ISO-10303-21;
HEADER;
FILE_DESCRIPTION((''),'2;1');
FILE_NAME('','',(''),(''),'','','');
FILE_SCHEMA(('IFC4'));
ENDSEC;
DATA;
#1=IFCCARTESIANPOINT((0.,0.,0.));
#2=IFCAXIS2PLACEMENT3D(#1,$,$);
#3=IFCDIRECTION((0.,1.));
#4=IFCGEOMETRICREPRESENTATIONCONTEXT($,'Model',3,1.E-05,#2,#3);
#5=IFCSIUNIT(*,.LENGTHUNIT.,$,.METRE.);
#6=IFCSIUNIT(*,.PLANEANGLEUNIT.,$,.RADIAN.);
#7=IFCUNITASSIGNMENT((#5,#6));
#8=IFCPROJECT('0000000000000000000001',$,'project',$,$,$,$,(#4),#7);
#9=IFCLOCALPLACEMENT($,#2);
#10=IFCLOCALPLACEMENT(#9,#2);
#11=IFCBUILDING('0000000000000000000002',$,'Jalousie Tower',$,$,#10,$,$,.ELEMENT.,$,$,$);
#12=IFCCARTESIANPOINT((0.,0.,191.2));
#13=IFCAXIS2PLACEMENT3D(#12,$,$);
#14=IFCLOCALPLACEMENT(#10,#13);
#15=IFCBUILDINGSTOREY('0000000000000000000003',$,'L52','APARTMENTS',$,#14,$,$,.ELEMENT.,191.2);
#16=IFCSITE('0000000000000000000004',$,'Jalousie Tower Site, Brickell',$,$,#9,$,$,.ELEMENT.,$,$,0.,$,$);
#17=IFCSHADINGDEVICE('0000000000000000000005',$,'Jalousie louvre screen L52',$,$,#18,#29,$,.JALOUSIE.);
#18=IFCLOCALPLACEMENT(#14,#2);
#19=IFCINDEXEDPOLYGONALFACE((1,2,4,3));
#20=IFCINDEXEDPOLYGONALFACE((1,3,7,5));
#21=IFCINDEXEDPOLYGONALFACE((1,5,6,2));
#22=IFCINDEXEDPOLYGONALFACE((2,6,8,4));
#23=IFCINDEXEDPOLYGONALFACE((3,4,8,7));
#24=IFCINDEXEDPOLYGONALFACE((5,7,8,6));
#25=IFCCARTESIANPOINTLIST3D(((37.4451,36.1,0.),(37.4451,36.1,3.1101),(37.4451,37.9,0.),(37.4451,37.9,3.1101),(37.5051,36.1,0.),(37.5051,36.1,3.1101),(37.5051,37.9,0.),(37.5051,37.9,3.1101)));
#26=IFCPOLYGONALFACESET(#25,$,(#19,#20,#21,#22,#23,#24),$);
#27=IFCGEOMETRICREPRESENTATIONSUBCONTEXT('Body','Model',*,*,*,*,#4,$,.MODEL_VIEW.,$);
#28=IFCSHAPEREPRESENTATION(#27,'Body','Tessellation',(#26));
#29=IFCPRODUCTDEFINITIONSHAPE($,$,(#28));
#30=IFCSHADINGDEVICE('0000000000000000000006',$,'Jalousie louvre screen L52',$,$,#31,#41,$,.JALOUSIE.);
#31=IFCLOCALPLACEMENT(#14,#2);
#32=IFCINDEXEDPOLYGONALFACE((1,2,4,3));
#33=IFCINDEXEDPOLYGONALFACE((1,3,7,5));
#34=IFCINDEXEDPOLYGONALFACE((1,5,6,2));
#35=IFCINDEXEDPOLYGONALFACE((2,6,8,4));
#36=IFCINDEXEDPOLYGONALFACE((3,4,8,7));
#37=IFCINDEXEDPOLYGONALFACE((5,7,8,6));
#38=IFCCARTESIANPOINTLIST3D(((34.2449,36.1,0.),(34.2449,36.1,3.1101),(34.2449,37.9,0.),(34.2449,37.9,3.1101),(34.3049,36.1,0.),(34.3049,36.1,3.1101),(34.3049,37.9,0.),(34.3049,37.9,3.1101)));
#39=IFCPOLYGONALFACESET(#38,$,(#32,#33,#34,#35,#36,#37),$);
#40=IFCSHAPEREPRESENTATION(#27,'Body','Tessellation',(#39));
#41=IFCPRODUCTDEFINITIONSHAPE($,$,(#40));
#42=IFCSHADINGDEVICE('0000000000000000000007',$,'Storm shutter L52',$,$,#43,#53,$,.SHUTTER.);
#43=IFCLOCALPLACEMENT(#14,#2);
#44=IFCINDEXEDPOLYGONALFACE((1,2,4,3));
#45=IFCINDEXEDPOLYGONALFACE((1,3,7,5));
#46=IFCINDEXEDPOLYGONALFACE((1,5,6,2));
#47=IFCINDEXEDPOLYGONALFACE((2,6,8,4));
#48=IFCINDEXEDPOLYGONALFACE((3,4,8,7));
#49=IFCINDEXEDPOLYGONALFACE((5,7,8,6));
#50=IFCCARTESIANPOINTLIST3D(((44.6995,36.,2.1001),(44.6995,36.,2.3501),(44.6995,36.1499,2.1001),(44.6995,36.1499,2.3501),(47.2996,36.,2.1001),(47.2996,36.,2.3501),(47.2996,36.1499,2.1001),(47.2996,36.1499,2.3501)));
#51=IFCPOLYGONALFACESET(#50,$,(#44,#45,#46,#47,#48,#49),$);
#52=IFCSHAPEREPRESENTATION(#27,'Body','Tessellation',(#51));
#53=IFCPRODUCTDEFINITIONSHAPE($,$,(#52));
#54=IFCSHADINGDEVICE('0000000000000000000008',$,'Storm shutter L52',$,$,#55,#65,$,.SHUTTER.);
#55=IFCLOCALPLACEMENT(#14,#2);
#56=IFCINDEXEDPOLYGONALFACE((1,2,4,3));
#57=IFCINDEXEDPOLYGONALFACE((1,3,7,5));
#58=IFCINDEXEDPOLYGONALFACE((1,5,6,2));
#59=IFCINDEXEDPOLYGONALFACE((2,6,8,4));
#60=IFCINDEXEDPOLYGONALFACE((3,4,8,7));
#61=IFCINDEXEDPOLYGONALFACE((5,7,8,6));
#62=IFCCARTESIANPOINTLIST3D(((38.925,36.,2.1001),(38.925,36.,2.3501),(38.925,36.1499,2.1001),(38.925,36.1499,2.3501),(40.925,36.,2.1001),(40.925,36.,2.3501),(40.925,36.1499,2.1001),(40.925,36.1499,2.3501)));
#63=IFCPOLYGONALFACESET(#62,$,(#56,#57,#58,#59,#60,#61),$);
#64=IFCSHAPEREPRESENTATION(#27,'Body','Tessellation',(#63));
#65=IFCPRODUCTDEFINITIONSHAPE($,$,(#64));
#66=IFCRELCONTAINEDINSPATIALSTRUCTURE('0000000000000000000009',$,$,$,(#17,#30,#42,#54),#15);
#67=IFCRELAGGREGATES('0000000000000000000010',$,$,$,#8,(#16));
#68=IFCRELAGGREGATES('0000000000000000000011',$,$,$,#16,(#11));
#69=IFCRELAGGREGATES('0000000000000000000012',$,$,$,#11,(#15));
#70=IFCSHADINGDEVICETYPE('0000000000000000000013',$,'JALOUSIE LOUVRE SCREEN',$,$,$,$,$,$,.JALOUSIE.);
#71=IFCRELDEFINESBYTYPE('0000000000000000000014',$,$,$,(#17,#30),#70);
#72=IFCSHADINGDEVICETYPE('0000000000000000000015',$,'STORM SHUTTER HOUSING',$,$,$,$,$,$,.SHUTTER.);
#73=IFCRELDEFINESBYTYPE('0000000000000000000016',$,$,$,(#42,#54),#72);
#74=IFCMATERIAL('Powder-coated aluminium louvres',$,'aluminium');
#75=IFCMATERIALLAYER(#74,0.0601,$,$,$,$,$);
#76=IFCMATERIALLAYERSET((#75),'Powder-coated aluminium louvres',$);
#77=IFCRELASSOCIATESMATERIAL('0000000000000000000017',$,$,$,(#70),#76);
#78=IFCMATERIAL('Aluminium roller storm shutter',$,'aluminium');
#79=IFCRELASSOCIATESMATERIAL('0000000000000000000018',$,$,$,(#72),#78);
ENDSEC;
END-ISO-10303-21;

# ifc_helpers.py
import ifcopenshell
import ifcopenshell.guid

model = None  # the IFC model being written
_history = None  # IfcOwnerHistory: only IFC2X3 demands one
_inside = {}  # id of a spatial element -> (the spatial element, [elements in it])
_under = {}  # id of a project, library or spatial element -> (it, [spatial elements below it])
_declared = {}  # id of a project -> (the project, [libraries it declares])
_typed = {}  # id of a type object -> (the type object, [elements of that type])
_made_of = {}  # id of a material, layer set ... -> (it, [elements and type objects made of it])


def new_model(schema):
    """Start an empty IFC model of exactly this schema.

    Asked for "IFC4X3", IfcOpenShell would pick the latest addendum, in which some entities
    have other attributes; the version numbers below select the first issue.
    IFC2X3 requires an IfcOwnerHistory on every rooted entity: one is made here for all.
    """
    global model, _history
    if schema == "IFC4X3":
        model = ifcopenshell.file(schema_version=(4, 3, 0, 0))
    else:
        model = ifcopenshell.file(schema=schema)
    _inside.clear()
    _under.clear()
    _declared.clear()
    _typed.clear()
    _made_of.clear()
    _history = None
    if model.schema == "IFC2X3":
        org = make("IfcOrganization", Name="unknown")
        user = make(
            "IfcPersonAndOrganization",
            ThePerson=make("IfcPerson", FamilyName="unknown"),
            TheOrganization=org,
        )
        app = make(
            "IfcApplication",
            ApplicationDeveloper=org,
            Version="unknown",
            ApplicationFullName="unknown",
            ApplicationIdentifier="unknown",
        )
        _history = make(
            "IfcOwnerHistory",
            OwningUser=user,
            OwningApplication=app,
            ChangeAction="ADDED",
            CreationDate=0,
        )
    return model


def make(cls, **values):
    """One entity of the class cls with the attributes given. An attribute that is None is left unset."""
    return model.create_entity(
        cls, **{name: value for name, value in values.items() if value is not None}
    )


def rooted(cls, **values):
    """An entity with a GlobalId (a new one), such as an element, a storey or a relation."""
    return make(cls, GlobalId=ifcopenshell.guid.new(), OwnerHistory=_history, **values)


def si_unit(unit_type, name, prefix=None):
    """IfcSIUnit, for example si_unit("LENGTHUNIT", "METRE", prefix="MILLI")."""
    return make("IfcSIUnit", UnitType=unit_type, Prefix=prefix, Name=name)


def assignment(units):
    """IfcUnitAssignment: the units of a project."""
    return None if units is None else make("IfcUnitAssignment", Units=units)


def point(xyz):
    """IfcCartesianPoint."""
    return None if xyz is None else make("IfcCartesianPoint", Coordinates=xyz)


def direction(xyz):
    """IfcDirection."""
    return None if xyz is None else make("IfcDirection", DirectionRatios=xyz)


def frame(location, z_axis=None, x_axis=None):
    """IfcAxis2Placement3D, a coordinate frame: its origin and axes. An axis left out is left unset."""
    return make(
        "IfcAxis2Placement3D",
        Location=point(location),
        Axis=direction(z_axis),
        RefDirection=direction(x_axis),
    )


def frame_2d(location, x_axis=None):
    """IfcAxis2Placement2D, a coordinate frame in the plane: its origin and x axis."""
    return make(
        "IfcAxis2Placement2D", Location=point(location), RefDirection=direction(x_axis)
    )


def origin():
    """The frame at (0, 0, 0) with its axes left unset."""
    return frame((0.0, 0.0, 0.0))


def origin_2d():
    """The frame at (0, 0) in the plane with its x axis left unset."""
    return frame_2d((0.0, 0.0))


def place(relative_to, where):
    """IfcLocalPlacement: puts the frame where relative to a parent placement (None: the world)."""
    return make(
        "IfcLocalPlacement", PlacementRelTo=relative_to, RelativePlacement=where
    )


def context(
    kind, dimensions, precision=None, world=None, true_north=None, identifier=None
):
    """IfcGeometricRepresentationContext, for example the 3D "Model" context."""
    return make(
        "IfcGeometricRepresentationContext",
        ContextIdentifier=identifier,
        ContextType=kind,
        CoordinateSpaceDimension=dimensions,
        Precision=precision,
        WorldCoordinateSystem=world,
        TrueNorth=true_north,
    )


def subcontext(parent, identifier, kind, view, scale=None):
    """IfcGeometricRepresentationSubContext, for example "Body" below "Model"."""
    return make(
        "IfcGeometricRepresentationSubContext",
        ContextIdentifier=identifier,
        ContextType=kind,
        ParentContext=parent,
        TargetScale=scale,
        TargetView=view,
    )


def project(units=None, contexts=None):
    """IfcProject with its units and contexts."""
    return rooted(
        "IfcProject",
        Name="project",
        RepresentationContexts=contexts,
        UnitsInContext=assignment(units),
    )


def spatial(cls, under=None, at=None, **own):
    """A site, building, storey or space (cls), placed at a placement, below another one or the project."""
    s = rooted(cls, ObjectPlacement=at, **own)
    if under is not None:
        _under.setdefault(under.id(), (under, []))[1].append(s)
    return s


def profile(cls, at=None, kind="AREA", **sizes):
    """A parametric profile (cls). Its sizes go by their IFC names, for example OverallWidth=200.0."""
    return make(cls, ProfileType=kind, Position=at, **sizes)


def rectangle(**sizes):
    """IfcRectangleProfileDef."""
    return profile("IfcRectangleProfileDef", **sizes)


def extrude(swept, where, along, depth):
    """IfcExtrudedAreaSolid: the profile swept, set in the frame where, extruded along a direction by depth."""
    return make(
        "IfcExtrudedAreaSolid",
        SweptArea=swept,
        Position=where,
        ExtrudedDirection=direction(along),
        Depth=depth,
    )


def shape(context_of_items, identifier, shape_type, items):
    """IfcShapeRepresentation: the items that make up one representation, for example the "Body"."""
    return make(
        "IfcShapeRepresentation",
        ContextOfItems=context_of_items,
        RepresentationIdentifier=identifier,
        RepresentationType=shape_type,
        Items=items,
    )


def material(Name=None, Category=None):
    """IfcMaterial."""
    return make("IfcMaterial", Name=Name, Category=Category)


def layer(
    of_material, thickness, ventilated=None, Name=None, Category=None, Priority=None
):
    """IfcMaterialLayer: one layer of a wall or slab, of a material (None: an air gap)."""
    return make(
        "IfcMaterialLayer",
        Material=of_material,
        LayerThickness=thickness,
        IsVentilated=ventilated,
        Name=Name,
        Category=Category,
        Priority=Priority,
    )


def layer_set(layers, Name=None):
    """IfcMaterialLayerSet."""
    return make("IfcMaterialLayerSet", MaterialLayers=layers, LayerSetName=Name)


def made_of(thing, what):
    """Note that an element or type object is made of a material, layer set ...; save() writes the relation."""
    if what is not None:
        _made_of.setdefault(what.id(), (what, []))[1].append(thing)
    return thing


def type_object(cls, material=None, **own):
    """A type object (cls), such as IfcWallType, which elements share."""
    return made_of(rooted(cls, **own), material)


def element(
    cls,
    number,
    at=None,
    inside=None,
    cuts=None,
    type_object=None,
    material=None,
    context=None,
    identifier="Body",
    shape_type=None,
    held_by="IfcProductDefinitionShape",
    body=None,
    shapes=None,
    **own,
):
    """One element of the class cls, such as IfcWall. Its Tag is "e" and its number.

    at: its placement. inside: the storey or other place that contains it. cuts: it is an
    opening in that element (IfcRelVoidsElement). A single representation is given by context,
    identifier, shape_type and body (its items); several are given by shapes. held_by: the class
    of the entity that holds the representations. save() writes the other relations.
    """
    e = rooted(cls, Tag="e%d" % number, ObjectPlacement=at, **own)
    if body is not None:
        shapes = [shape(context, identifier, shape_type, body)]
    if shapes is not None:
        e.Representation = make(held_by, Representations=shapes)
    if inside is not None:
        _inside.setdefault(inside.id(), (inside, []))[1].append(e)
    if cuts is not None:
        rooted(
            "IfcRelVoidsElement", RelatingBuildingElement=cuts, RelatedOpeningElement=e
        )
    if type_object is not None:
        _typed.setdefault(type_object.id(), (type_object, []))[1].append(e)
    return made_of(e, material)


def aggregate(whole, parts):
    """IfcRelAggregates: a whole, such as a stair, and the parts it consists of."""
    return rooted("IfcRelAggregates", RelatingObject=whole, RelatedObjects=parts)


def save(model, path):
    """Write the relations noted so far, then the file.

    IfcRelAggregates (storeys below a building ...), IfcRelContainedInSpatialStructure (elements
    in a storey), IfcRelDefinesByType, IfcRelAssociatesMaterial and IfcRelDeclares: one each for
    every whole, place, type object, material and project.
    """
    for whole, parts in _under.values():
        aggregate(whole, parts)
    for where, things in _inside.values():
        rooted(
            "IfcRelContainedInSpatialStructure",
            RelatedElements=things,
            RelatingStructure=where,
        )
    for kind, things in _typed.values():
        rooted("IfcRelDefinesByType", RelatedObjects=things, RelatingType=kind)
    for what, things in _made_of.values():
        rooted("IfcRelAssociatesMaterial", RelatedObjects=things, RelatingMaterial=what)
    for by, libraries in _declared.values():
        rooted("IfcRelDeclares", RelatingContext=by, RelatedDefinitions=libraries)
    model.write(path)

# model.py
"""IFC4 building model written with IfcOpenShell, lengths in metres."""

from ifc_helpers import new_model, si_unit, direction, frame, origin, origin_2d, place, context, subcontext, project, spatial, rectangle, extrude, material, layer, layer_set, type_object, element, save


model = new_model("IFC4")

# Units and contexts
model_context = context("Model", 3, precision=1e-05, world=origin(), true_north=direction((0.0, 1.0)))
body_context = subcontext(model_context, "Body", "Model", "MODEL_VIEW")
ifc_project = project(units=[si_unit("LENGTHUNIT", "METRE"), si_unit("PLANEANGLEUNIT", "RADIAN")], contexts=[model_context])

# Site, building, storey
site_placement = place(None, origin())
site = spatial("IfcSite", under=ifc_project, at=site_placement, Name="Jalousie Tower Site, Brickell", CompositionType="ELEMENT", RefElevation=0.0)
building_placement = place(site_placement, origin())
building = spatial("IfcBuilding", under=site, at=building_placement, Name="Jalousie Tower", CompositionType="ELEMENT")
storey_placement = place(building_placement, frame((0.0, 0.0, 191.2)))
storey = spatial("IfcBuildingStorey", under=building, at=storey_placement, Name="L52", Description="APARTMENTS", CompositionType="ELEMENT", Elevation=191.2)

# Shading devices
ifc_material_1 = material(Name="Powder-coated aluminium louvres", Category="aluminium")
ifc_layer_1 = layer(ifc_material_1, 0.0601)
ifc_layer_set_1 = layer_set([ifc_layer_1], Name="Powder-coated aluminium louvres")
shading_device_type_1 = type_object("IfcShadingDeviceType", Name="JALOUSIE LOUVRE SCREEN", PredefinedType="JALOUSIE", material=ifc_layer_set_1)
for number, where, z_axis, x_axis, name in (
    (1, (37.4751, 37.0, 0.0), (0.0, 0.0, 1.0), (-1.0, 0.0, 0.0), "Jalousie louvre screen L52"),
    (2, (34.2749, 37.0, 0.0), (0.0, 0.0, 1.0), (-1.0, 0.0, 0.0), "Jalousie louvre screen L52"),
):
    element("IfcShadingDevice", number, at=place(storey_placement, frame(where, z_axis=z_axis, x_axis=x_axis)), inside=storey, type_object=shading_device_type_1, Name=name, PredefinedType="JALOUSIE", context=body_context, shape_type="SweptSolid", body=[
        extrude(rectangle(XDim=0.0601, YDim=1.8, at=origin_2d()), origin(), (0.0, 0.0, 1.0), 3.1101),
    ])
ifc_material_2 = material(Name="Aluminium roller storm shutter", Category="aluminium")
shading_device_type_2 = type_object("IfcShadingDeviceType", Name="STORM SHUTTER HOUSING", PredefinedType="SHUTTER", material=ifc_material_2)
shading_device_1_placement = place(storey_placement, frame((45.9995, 36.075, 2.1001), z_axis=(0.0, 0.0, 1.0), x_axis=(-1.0, 0.0, 0.0)))
element("IfcShadingDevice", 3, at=shading_device_1_placement, inside=storey, type_object=shading_device_type_2, Name="Storm shutter L52", PredefinedType="SHUTTER", context=body_context, shape_type="SweptSolid", body=[
    extrude(rectangle(XDim=2.6001, YDim=0.1499, at=origin_2d()), origin(), (0.0, 0.0, 1.0), 0.25),
])
shading_device_2_placement = place(storey_placement, frame((39.925, 36.075, 2.1001), z_axis=(0.0, 0.0, 1.0), x_axis=(-1.0, 0.0, 0.0)))
element("IfcShadingDevice", 4, at=shading_device_2_placement, inside=storey, type_object=shading_device_type_2, Name="Storm shutter L52", PredefinedType="SHUTTER", context=body_context, shape_type="SweptSolid", body=[
    extrude(rectangle(XDim=2.0, YDim=0.1499, at=origin_2d()), origin(), (0.0, 0.0, 1.0), 0.25),
])

save(model, "model.ifc")
